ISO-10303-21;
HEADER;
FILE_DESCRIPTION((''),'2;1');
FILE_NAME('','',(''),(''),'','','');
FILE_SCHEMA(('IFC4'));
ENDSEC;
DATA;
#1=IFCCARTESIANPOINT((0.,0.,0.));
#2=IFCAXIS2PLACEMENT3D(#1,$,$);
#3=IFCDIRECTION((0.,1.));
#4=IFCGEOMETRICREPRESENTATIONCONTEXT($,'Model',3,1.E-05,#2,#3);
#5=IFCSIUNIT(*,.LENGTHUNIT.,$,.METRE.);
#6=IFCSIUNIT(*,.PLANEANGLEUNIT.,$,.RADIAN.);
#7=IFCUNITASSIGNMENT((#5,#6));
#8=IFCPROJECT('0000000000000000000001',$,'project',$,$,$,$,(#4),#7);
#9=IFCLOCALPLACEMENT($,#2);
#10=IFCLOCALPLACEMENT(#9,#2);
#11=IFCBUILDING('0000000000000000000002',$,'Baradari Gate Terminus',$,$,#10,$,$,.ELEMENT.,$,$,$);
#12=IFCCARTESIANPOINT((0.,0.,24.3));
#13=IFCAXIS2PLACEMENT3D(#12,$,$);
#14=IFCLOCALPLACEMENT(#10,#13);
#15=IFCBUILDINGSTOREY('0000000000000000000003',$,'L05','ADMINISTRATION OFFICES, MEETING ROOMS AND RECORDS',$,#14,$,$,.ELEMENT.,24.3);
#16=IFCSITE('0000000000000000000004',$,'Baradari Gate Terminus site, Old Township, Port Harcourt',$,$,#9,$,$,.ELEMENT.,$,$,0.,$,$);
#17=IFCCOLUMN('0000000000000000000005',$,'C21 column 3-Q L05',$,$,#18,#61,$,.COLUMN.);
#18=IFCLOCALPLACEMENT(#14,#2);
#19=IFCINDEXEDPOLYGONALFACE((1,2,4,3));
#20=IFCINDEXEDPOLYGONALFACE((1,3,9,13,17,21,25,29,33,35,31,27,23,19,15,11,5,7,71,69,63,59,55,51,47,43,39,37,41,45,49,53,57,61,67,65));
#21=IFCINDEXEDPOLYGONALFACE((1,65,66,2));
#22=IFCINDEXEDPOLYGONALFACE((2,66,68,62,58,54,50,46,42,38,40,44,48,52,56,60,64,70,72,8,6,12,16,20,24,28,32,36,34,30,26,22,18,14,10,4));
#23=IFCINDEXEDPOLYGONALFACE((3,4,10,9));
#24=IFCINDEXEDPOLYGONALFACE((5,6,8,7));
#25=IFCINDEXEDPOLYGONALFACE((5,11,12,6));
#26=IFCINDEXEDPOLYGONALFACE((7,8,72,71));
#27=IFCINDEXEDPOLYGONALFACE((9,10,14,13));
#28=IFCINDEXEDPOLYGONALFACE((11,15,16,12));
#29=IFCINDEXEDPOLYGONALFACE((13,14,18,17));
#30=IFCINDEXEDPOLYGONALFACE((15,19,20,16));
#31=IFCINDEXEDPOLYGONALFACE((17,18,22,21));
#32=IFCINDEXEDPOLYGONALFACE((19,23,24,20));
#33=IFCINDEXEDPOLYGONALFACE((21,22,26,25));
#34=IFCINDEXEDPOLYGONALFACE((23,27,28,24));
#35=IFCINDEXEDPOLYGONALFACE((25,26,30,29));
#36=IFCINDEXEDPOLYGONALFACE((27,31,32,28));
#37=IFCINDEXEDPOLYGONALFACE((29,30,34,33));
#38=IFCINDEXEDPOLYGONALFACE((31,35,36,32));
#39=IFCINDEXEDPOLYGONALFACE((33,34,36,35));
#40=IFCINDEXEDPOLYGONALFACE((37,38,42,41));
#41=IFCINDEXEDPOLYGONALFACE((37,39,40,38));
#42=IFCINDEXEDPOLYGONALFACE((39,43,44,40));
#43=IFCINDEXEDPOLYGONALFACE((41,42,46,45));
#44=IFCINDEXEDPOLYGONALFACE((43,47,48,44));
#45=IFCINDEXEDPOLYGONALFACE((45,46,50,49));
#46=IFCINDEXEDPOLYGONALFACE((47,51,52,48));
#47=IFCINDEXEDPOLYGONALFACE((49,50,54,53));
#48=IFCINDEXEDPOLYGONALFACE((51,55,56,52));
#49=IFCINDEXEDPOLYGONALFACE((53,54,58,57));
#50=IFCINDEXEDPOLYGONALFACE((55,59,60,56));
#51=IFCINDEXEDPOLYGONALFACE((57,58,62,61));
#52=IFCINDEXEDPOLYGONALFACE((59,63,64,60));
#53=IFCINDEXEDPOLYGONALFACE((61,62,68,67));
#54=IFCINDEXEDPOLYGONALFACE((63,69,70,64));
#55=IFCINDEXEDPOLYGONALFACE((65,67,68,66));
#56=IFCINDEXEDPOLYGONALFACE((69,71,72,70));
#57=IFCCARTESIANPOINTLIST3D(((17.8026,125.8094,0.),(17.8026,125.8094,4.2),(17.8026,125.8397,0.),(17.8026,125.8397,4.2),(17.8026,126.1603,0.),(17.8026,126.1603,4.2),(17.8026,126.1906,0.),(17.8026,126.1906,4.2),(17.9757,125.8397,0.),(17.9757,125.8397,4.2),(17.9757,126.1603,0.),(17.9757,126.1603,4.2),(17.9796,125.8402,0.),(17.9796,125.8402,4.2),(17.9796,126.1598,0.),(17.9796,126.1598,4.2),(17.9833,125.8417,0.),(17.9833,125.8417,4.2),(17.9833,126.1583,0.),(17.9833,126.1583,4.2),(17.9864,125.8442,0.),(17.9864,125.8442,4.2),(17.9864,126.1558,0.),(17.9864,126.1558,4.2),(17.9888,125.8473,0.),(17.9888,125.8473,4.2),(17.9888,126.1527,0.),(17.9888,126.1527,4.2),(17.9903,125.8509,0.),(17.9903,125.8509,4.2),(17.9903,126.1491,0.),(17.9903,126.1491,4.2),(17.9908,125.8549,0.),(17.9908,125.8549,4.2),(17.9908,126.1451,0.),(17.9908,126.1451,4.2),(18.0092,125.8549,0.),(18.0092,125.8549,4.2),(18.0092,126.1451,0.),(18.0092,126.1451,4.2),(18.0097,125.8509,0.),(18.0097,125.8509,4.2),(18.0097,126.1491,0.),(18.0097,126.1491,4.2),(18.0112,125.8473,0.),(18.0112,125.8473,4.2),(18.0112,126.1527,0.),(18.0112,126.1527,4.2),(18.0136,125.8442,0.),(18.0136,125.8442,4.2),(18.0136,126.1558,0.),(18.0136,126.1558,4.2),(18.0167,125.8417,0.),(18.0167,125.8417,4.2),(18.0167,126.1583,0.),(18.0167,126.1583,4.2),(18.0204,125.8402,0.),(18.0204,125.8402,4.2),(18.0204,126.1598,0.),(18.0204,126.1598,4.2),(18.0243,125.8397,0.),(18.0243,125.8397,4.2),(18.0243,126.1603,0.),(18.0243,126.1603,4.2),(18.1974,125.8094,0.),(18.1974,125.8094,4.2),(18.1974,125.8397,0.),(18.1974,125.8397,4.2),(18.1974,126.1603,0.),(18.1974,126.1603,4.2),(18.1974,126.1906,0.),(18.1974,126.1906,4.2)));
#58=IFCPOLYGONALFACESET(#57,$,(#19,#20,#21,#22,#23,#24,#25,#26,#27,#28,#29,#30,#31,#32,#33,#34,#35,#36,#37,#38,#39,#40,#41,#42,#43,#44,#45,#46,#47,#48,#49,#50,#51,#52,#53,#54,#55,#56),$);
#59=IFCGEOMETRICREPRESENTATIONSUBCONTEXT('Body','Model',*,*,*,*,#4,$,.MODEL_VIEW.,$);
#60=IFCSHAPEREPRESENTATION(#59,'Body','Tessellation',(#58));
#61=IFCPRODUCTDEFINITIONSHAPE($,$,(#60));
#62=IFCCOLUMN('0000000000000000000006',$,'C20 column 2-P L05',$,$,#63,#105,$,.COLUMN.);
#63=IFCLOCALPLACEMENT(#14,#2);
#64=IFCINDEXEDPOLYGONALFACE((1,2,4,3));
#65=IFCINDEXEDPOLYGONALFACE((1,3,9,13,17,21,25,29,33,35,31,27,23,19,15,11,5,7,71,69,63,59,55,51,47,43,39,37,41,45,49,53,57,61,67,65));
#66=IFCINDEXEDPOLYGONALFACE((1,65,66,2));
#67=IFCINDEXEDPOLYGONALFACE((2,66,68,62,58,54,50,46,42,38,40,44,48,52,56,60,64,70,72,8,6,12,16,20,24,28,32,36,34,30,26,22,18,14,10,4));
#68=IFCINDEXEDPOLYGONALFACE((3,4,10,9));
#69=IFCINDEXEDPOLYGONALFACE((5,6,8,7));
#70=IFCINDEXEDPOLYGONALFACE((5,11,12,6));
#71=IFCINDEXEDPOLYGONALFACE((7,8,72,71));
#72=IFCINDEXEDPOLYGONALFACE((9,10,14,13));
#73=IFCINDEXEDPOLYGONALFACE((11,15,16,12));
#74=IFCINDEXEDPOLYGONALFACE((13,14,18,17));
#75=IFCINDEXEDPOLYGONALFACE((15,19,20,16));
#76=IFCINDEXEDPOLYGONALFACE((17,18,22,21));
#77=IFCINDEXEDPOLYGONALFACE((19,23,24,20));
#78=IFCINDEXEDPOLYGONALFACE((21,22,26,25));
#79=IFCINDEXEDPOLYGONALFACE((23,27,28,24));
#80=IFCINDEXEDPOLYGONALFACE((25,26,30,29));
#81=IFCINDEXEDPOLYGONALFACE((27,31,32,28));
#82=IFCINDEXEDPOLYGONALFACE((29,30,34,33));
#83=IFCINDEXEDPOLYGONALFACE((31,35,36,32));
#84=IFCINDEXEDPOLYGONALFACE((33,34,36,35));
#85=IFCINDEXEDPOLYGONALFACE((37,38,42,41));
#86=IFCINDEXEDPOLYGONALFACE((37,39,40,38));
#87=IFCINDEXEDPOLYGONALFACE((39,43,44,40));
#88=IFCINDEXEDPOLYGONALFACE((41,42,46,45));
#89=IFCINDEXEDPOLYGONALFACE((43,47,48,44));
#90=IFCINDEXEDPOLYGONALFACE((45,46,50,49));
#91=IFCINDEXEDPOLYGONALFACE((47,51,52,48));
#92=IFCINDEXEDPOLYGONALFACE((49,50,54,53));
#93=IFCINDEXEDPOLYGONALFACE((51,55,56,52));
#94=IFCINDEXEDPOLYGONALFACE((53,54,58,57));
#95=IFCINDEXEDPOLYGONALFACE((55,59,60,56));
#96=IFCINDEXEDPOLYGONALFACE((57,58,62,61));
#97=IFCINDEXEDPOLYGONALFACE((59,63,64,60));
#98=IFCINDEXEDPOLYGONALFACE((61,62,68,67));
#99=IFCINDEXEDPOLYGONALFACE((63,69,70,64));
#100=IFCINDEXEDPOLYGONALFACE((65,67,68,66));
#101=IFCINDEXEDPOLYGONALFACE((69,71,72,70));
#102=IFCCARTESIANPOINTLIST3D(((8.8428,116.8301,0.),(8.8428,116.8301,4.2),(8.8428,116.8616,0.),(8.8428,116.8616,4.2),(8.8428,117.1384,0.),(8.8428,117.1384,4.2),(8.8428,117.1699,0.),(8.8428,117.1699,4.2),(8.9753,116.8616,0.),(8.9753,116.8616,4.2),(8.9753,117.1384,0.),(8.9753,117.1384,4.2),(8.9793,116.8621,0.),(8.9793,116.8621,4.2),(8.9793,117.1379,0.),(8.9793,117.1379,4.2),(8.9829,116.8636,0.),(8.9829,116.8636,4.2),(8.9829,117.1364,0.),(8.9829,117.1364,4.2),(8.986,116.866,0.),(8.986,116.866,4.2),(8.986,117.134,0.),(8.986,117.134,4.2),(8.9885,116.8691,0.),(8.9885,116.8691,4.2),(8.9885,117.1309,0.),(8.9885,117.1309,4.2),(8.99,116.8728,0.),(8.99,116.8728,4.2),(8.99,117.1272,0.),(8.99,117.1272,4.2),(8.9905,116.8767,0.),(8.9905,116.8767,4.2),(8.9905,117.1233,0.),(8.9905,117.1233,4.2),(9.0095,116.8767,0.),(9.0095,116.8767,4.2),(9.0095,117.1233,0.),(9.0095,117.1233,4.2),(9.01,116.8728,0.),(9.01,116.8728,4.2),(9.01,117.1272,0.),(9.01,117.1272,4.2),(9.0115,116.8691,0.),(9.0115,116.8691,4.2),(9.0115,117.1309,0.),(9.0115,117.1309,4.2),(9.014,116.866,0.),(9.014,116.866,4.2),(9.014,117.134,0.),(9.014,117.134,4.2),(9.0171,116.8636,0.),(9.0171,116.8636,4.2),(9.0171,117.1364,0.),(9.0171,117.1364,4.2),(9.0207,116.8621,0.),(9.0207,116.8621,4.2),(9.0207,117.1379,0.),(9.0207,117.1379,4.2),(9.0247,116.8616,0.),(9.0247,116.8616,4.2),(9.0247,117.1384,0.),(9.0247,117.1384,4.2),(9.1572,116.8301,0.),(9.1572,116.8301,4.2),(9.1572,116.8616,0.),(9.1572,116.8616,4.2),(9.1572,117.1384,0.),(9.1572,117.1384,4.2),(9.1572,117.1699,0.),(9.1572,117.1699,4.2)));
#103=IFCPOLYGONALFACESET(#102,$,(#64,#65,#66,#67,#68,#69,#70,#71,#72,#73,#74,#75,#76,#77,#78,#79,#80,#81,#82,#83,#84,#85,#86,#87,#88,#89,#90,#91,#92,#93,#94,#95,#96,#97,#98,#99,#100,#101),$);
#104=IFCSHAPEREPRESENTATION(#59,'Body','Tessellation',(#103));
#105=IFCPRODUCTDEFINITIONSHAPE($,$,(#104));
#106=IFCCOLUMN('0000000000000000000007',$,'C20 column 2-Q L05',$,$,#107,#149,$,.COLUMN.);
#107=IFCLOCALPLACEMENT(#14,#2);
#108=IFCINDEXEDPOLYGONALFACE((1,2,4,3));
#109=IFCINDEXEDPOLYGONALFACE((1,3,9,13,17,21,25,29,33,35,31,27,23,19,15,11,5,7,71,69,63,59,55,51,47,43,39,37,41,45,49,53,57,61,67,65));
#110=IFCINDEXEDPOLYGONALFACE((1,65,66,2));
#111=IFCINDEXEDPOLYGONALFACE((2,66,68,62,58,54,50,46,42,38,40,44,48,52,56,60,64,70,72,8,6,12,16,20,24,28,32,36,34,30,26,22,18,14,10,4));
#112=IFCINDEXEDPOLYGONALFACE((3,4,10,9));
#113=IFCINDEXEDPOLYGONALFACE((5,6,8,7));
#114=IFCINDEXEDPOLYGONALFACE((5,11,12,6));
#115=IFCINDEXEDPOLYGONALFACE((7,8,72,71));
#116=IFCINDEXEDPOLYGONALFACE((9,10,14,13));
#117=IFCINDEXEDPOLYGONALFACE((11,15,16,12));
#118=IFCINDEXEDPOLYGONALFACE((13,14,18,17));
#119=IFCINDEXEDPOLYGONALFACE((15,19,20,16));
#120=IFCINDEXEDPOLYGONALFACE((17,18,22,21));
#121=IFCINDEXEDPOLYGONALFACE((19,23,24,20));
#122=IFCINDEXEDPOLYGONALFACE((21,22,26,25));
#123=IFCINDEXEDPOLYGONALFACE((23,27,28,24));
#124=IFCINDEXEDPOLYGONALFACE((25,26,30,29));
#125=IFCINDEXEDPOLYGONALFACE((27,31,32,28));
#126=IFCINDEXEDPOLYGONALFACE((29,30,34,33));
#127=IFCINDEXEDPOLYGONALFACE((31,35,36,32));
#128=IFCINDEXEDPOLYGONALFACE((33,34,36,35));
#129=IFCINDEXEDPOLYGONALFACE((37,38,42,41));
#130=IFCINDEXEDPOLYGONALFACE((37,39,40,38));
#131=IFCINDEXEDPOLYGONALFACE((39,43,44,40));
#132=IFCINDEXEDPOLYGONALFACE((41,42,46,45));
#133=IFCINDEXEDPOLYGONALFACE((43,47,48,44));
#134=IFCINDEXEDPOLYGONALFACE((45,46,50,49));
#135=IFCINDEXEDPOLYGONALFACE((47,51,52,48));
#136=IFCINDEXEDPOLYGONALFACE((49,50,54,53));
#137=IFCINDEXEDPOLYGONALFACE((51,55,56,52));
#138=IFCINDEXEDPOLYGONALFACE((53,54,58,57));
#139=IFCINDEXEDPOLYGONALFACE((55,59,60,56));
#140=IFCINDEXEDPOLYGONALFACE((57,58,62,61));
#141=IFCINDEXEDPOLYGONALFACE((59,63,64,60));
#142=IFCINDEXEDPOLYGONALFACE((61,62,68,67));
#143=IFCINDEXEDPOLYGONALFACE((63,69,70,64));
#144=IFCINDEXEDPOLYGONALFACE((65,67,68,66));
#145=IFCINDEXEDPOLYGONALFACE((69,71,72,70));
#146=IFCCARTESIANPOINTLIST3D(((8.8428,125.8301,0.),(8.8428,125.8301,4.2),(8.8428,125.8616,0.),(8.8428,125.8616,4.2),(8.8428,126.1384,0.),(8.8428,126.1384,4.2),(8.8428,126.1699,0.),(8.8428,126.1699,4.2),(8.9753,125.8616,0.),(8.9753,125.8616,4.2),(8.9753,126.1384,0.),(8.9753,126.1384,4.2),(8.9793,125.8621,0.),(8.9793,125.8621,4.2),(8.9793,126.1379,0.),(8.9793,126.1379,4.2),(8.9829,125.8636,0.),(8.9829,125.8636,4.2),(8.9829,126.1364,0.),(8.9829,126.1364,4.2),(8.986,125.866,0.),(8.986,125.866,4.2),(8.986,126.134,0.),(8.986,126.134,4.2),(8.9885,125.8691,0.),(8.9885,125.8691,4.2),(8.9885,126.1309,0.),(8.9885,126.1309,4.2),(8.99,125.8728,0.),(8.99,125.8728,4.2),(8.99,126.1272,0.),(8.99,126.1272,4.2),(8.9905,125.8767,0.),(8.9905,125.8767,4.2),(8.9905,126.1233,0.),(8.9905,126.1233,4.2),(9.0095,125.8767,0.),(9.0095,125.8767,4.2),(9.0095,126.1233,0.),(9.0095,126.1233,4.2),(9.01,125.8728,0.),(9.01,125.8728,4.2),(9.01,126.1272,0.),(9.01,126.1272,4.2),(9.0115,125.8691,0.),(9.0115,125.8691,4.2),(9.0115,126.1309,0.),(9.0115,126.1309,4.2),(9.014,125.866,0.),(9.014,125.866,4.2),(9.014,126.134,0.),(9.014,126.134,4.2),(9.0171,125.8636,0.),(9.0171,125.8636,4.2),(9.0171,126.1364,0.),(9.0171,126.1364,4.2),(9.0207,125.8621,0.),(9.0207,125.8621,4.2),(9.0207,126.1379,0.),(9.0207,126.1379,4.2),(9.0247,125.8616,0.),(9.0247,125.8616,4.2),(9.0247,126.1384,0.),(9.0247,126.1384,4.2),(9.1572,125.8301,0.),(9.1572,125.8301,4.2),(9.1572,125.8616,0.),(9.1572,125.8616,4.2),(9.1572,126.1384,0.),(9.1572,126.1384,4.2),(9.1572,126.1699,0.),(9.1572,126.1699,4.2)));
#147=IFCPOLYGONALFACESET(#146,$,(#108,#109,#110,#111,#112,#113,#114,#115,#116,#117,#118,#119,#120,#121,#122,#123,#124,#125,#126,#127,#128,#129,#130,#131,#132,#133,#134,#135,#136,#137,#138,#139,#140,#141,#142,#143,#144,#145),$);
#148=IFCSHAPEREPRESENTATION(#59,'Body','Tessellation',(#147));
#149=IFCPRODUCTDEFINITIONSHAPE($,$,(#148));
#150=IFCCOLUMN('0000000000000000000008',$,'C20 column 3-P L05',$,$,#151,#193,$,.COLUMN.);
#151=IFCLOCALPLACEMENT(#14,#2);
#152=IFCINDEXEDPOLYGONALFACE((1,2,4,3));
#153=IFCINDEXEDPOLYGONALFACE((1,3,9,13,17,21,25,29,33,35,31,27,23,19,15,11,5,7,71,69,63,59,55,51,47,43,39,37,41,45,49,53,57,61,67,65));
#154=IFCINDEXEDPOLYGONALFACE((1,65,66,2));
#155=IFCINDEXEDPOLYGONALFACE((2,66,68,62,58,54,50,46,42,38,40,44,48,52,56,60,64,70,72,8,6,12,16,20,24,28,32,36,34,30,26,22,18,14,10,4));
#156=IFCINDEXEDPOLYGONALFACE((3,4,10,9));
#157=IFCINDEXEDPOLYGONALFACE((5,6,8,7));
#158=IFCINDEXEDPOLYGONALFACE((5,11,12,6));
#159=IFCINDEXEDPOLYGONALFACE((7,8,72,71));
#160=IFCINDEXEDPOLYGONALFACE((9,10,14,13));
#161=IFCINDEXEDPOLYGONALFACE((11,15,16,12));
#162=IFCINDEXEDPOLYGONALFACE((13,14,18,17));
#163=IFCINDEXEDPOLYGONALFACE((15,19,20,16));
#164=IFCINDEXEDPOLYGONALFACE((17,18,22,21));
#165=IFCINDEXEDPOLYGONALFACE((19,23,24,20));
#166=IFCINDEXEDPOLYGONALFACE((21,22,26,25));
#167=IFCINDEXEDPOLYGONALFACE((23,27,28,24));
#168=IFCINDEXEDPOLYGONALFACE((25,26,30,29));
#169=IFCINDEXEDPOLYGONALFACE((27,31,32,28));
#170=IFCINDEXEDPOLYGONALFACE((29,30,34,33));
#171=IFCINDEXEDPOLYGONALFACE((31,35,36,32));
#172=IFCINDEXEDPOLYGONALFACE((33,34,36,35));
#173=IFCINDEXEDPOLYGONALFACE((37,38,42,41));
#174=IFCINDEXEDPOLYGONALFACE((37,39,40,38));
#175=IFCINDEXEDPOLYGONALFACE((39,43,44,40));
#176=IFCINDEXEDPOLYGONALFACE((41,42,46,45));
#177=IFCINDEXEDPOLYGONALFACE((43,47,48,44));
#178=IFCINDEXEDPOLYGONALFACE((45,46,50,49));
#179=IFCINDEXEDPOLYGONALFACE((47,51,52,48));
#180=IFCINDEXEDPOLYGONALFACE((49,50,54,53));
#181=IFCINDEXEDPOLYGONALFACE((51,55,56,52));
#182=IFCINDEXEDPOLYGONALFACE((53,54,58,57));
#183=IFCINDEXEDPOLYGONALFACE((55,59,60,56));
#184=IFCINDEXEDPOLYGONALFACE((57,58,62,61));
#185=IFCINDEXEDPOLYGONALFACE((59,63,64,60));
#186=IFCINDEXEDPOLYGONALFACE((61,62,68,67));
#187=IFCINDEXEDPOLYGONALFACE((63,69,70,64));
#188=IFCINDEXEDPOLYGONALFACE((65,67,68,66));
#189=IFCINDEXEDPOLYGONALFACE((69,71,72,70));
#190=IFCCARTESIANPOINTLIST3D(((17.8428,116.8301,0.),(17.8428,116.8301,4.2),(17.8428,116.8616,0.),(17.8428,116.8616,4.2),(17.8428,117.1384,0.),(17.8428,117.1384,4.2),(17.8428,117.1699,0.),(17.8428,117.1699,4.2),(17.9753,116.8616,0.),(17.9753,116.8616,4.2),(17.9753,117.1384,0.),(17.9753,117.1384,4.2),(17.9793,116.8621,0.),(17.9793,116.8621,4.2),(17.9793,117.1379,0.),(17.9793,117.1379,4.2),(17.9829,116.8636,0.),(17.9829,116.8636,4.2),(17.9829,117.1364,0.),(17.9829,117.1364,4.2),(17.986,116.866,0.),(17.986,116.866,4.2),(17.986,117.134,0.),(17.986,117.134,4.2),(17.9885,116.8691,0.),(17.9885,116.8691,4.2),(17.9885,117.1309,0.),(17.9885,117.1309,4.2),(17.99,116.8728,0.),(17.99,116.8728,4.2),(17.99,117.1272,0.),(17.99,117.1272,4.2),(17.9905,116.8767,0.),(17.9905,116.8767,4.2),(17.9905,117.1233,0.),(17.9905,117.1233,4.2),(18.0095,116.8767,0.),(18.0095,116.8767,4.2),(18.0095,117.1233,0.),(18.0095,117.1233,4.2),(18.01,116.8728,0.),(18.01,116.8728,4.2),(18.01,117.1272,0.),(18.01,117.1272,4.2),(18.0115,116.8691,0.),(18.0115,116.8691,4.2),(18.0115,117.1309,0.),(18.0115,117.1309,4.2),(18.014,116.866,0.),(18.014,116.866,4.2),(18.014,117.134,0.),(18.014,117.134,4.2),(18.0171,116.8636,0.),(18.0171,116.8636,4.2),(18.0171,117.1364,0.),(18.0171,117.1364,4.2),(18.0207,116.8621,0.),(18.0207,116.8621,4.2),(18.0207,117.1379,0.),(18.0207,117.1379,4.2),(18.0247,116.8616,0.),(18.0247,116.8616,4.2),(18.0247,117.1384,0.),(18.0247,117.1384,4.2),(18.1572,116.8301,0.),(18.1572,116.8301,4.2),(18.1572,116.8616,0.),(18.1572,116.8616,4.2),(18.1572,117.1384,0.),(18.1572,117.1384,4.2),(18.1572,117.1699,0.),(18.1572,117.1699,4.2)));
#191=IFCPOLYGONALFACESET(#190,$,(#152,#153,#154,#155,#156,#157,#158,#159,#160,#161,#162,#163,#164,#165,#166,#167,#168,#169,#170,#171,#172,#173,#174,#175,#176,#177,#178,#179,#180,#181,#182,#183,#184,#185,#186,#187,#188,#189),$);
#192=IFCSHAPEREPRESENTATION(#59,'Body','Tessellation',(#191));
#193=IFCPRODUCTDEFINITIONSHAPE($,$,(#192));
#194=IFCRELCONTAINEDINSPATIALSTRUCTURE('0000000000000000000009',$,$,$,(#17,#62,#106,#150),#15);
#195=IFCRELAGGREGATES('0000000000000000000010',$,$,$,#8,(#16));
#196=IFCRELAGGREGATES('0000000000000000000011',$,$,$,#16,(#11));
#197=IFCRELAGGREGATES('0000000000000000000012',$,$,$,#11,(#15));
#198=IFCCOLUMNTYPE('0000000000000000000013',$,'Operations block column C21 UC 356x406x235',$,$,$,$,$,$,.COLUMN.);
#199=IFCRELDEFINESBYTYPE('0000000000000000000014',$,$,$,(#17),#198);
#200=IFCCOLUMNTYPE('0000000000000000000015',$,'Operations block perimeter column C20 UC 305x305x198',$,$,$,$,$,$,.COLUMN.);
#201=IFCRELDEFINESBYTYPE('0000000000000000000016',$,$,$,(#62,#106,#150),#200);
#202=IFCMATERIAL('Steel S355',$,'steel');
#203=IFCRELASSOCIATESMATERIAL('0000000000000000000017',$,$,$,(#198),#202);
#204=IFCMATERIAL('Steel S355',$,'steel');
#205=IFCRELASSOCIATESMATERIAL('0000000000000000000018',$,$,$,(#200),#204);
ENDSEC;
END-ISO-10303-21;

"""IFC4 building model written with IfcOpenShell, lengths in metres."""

from ifc_helpers import new_model, si_unit, direction, frame, origin, origin_2d, place, context, subcontext, project, spatial, i_section, extrude, material, material_profile, profile_set, type_object, element, save


model = new_model("IFC4")

# Units and contexts
model_context = context("Model", 3, precision=1e-05, world=origin(), true_north=direction((0.0, 1.0)))
body_context = subcontext(model_context, "Body", "Model", "MODEL_VIEW")
ifc_project = project(units=[si_unit("LENGTHUNIT", "METRE"), si_unit("PLANEANGLEUNIT", "RADIAN")], contexts=[model_context])

# Site, building, storey
site_placement = place(None, origin())
site = spatial("IfcSite", under=ifc_project, at=site_placement, Name="Baradari Gate Terminus site, Old Township, Port Harcourt", CompositionType="ELEMENT", RefElevation=0.0)
building_placement = place(site_placement, origin())
building = spatial("IfcBuilding", under=site, at=building_placement, Name="Baradari Gate Terminus", CompositionType="ELEMENT")
storey_placement = place(building_placement, frame((0.0, 0.0, 24.3)))
storey = spatial("IfcBuildingStorey", under=building, at=storey_placement, Name="L05", Description="ADMINISTRATION OFFICES, MEETING ROOMS AND RECORDS", CompositionType="ELEMENT", Elevation=24.3)

# Columns
ifc_material_1 = material(Name="Steel S355", Category="steel")
ifc_material_profile_1 = material_profile(ifc_material_1, i_section(OverallWidth=0.3948, OverallDepth=0.3811, WebThickness=0.0183, FlangeThickness=0.0303, FilletRadius=0.0151, at=origin_2d()), Name="UC 356x406x235")
ifc_profile_set_1 = profile_set([ifc_material_profile_1], Name="Steel S355")
column_type_1 = type_object("IfcColumnType", Name="Operations block column C21 UC 356x406x235", PredefinedType="COLUMN", material=ifc_profile_set_1)
column_placement = place(storey_placement, frame((18.0, 126.0, 0.0), z_axis=(0.0, 0.0, 1.0), x_axis=(1.0, 0.0, 0.0)))
element("IfcColumn", 1, at=column_placement, inside=storey, type_object=column_type_1, Name="C21 column 3-Q L05", PredefinedType="COLUMN", context=body_context, shape_type="SweptSolid", body=[
    extrude(i_section(OverallWidth=0.3948, OverallDepth=0.3811, WebThickness=0.0183, FlangeThickness=0.0303, FilletRadius=0.0151, at=origin_2d()), origin(), (0.0, 0.0, 1.0), 4.2),
])
ifc_material_2 = material(Name="Steel S355", Category="steel")
ifc_material_profile_2 = material_profile(ifc_material_2, i_section(OverallWidth=0.3145, OverallDepth=0.3398, WebThickness=0.019, FlangeThickness=0.0315, FilletRadius=0.0151, at=origin_2d()), Name="UC 305x305x198")
ifc_profile_set_2 = profile_set([ifc_material_profile_2], Name="Steel S355")
column_type_2 = type_object("IfcColumnType", Name="Operations block perimeter column C20 UC 305x305x198", PredefinedType="COLUMN", material=ifc_profile_set_2)
for number, where, z_axis, x_axis, name in (
    (2, (9.0, 117.0, 0.0), (0.0, 0.0, 1.0), (1.0, 0.0, 0.0), "C20 column 2-P L05"),
    (3, (9.0, 126.0, 0.0), (0.0, 0.0, 1.0), (1.0, 0.0, 0.0), "C20 column 2-Q L05"),
    (4, (18.0, 117.0, 0.0), (0.0, 0.0, 1.0), (1.0, 0.0, 0.0), "C20 column 3-P L05"),
):
    element("IfcColumn", number, at=place(storey_placement, frame(where, z_axis=z_axis, x_axis=x_axis)), inside=storey, type_object=column_type_2, Name=name, PredefinedType="COLUMN", context=body_context, shape_type="SweptSolid", body=[
        extrude(i_section(OverallWidth=0.3145, OverallDepth=0.3398, WebThickness=0.019, FlangeThickness=0.0315, FilletRadius=0.0151, at=origin_2d()), origin(), (0.0, 0.0, 1.0), 4.2),
    ])

save(model, "model.ifc")
